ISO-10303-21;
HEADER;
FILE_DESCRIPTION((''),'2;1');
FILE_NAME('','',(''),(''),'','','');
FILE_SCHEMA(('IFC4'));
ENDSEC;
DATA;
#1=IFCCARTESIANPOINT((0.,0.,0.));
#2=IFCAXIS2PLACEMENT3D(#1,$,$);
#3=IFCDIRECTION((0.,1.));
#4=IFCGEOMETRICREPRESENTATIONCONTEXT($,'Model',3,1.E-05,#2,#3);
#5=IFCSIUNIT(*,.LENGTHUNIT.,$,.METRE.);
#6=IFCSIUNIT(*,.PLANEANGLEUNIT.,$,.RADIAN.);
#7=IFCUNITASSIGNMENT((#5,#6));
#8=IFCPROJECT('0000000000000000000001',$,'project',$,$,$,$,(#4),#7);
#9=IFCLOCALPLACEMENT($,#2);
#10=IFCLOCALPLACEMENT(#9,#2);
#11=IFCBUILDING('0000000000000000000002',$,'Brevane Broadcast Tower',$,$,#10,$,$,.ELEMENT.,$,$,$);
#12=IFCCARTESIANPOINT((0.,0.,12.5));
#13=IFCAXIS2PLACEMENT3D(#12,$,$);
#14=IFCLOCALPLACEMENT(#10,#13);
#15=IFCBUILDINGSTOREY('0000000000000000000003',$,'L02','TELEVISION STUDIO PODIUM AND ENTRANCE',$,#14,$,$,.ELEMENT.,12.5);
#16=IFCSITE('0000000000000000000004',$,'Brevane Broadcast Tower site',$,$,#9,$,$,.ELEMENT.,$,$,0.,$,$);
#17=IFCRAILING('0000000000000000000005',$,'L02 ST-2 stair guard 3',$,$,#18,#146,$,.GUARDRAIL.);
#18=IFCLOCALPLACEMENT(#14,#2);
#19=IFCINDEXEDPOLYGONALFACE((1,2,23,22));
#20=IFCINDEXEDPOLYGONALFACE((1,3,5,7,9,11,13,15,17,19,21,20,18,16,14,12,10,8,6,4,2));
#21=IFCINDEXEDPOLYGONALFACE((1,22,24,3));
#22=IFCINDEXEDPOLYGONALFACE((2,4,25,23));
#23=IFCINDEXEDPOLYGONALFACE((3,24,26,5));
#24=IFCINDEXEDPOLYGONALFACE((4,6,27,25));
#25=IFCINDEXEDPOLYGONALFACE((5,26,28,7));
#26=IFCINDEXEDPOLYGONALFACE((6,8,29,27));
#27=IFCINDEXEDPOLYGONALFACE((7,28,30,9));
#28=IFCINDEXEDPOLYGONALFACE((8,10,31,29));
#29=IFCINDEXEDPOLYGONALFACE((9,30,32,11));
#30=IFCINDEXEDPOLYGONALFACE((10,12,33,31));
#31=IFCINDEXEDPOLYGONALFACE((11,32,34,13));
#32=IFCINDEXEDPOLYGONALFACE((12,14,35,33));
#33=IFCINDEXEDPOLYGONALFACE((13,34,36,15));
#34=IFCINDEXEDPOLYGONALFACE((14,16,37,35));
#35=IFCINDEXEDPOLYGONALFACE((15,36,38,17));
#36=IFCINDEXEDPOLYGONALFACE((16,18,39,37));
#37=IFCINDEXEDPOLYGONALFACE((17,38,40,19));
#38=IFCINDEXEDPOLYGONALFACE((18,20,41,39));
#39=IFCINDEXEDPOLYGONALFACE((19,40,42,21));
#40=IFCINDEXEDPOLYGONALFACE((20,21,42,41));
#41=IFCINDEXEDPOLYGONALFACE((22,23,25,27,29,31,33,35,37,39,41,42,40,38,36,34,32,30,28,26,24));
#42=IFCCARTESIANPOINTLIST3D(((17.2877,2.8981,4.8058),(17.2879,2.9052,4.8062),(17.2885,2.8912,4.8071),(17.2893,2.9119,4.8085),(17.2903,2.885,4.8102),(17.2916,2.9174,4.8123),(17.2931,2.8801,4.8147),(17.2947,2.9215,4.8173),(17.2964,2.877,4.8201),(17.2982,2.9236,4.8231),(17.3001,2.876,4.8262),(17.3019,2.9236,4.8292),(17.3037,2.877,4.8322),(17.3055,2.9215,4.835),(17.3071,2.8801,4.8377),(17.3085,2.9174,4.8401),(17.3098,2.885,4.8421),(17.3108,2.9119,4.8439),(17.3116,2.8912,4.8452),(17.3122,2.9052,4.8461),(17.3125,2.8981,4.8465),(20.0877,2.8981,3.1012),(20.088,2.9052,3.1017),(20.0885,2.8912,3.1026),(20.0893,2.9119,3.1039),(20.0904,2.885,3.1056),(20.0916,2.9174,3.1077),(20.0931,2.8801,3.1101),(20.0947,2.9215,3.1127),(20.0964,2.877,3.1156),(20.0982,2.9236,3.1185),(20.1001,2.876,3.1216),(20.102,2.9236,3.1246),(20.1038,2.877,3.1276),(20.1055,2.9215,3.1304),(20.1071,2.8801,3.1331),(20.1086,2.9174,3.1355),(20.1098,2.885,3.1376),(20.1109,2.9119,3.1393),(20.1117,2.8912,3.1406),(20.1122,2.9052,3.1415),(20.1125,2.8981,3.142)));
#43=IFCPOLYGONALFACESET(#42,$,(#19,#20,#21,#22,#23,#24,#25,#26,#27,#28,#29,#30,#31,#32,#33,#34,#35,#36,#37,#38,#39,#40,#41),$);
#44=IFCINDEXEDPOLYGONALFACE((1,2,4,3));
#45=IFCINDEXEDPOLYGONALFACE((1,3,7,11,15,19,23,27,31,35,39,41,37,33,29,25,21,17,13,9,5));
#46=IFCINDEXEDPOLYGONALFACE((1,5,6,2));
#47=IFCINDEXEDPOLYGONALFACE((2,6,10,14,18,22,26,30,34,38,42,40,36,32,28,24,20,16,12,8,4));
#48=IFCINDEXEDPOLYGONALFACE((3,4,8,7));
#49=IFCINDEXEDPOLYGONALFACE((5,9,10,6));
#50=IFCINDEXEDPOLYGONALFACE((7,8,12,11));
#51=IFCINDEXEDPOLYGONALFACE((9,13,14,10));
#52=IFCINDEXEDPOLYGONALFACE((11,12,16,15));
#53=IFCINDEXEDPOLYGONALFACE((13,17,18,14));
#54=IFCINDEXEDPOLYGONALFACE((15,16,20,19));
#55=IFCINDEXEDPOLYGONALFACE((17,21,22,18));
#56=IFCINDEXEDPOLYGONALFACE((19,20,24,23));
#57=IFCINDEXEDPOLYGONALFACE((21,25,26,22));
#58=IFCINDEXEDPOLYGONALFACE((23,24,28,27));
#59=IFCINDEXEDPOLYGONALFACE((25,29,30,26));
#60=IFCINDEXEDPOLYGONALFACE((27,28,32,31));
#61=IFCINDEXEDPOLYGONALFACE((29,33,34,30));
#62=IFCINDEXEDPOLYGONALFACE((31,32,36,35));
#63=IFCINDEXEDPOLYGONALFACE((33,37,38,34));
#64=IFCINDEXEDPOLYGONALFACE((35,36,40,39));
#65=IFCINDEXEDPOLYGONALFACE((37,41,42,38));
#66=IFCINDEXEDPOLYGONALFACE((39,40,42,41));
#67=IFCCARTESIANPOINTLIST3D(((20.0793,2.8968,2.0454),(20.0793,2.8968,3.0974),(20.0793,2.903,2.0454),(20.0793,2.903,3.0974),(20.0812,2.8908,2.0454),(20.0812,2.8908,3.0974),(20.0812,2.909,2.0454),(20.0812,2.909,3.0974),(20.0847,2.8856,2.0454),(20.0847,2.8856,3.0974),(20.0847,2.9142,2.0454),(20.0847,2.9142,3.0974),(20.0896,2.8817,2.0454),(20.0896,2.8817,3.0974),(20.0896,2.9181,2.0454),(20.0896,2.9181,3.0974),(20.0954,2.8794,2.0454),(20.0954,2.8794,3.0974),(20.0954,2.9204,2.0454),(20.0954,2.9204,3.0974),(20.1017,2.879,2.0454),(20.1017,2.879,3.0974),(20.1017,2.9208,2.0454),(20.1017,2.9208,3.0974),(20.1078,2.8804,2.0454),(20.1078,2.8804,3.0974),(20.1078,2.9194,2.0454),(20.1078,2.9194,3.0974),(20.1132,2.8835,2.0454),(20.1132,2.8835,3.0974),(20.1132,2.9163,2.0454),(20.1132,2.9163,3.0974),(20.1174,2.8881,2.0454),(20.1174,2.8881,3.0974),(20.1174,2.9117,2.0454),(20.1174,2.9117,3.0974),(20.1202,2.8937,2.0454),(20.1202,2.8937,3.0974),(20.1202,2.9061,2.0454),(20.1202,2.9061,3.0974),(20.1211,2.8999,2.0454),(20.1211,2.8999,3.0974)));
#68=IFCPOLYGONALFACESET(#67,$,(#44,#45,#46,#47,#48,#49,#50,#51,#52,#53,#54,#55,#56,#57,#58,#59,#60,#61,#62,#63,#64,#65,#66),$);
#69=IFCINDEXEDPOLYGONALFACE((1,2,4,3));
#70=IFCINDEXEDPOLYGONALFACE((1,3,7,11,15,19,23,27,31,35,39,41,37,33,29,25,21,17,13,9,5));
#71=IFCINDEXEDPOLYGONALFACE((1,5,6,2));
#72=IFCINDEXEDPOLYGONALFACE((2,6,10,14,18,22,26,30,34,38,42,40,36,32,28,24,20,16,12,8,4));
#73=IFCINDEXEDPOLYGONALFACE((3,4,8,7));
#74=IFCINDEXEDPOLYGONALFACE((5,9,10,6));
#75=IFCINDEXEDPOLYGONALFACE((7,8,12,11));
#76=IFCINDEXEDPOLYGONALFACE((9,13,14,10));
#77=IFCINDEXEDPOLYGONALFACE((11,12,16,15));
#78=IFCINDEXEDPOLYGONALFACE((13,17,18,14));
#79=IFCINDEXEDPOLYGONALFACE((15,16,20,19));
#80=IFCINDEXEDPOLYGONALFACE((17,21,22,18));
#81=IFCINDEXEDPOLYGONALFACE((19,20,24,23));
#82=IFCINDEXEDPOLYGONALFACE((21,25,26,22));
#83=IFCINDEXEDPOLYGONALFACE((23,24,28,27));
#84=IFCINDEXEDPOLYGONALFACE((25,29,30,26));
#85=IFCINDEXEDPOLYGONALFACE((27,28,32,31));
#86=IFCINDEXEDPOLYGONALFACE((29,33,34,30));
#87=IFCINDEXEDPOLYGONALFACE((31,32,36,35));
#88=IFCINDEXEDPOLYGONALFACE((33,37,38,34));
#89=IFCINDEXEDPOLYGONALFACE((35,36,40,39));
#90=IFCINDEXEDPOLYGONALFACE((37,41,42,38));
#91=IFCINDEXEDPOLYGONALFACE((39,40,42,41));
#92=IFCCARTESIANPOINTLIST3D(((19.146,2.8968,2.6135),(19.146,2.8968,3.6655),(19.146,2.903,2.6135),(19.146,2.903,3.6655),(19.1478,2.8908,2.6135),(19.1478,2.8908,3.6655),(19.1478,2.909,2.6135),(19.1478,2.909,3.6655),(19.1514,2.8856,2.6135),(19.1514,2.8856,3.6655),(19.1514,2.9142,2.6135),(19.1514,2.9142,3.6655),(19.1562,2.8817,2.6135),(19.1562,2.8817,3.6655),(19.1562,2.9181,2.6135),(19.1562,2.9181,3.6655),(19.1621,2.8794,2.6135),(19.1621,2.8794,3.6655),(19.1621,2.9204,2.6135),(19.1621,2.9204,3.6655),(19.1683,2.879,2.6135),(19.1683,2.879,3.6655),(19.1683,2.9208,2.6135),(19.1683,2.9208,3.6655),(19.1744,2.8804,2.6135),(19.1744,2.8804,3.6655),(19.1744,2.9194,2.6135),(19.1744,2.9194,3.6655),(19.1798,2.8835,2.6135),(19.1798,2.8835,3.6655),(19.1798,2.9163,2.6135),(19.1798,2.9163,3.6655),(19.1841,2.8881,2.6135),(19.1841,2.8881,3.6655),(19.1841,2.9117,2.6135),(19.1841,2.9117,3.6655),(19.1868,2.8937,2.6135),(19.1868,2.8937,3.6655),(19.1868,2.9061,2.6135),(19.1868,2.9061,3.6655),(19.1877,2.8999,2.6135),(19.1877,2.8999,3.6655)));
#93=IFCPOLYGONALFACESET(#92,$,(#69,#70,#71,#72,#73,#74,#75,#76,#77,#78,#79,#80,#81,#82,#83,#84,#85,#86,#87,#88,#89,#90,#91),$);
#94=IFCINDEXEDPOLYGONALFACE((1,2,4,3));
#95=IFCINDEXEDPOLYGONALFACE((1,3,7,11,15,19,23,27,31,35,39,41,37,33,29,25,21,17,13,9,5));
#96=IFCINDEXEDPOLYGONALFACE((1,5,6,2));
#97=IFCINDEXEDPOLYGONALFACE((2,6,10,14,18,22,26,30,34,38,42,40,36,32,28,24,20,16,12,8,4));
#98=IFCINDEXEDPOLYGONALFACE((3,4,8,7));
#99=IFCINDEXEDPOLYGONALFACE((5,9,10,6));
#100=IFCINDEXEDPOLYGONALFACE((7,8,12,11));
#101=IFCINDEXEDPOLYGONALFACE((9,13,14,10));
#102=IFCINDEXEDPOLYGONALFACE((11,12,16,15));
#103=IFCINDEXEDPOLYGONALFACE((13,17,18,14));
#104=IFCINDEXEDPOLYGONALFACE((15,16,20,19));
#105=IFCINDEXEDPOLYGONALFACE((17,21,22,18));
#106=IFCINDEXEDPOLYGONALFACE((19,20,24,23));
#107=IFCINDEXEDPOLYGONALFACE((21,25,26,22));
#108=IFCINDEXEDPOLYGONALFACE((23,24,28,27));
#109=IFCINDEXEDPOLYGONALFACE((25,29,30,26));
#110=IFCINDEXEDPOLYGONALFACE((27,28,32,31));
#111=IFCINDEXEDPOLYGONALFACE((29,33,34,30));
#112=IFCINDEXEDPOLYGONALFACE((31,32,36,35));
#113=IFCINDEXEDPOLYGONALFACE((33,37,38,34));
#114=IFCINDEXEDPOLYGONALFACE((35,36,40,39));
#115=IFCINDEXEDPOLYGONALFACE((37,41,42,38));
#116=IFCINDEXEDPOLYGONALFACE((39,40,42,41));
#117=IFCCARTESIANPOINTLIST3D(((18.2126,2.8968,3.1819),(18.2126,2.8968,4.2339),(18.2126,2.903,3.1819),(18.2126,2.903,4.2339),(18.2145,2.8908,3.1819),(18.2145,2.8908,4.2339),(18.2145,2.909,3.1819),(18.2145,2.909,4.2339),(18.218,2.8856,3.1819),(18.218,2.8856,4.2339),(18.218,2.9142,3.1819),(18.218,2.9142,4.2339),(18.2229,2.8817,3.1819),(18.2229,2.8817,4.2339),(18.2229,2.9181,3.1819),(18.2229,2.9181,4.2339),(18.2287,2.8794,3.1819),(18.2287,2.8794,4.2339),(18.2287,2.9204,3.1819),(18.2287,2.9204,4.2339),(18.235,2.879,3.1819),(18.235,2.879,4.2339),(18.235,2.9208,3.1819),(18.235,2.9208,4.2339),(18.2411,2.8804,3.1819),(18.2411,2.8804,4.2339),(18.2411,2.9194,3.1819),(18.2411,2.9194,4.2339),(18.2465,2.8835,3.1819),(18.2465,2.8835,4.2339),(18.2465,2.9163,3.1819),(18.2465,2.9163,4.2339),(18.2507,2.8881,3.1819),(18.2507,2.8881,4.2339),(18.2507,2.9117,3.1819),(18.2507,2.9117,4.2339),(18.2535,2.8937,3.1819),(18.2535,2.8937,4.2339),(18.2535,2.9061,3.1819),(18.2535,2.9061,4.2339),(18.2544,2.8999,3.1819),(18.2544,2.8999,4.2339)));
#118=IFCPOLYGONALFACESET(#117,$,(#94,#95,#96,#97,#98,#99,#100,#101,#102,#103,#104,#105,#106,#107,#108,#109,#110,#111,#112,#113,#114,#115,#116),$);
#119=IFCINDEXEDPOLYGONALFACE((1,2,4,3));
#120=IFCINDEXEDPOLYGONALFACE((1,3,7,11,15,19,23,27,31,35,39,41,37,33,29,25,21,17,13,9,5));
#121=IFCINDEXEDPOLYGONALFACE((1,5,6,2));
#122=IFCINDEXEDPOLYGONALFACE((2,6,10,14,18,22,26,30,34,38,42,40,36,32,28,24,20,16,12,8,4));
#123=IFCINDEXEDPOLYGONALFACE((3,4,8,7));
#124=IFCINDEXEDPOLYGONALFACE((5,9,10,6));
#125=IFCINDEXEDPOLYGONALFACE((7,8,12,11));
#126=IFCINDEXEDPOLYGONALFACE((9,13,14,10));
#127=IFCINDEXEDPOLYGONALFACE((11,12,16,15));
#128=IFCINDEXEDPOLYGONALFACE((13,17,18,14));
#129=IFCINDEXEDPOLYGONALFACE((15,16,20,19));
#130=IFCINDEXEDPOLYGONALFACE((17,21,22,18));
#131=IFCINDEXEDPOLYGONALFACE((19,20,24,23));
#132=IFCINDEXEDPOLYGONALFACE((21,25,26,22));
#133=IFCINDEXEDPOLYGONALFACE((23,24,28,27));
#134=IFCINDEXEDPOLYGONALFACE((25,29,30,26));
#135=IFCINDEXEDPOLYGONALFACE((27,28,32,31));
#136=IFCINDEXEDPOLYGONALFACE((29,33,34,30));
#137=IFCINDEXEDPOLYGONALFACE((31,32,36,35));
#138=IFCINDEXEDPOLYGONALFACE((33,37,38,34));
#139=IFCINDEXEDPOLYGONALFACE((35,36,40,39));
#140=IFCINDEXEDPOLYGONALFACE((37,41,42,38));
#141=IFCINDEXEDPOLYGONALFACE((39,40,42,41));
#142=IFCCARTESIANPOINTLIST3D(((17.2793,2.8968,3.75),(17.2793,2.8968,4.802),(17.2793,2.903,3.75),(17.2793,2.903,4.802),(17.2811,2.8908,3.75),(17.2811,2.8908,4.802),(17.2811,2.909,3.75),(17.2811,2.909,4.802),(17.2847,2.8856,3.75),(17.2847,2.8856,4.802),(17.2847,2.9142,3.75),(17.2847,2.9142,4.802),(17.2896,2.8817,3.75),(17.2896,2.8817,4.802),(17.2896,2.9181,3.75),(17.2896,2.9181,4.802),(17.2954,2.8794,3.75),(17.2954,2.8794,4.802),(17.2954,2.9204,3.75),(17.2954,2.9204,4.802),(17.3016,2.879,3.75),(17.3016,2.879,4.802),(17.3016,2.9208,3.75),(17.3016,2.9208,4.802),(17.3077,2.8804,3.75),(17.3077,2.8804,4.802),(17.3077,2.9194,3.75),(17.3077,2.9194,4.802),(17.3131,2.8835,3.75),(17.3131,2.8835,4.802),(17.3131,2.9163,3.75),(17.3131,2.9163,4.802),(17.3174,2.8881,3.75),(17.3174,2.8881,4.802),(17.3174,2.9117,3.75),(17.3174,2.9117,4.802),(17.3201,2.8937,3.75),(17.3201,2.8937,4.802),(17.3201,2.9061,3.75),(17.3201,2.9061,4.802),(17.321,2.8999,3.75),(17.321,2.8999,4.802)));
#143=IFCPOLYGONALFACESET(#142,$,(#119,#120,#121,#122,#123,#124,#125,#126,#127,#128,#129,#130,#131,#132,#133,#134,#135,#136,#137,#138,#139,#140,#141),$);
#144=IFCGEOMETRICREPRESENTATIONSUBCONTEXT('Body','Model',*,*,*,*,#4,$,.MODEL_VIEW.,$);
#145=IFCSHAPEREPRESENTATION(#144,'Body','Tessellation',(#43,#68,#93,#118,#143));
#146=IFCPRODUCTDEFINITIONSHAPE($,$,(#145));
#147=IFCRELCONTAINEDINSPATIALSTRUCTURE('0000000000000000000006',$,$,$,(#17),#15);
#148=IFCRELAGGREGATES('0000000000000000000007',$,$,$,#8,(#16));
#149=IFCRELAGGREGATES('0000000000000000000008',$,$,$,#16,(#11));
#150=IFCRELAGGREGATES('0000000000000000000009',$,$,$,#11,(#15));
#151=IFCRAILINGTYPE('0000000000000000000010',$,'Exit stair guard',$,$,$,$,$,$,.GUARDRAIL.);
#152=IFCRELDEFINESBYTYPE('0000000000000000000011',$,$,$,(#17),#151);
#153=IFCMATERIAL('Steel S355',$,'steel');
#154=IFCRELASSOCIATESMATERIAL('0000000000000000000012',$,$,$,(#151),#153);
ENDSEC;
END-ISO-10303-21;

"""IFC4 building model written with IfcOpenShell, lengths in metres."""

from ifc_helpers import new_model, si_unit, direction, frame, origin, origin_2d, place, context, subcontext, project, spatial, circle, extrude, material, type_object, element, save


model = new_model("IFC4")

# Units and contexts
model_context = context("Model", 3, precision=1e-05, world=origin(), true_north=direction((0.0, 1.0)))
body_context = subcontext(model_context, "Body", "Model", "MODEL_VIEW")
ifc_project = project(units=[si_unit("LENGTHUNIT", "METRE"), si_unit("PLANEANGLEUNIT", "RADIAN")], contexts=[model_context])

# Site, building, storey
site_placement = place(None, origin())
site = spatial("IfcSite", under=ifc_project, at=site_placement, Name="Brevane Broadcast Tower site", CompositionType="ELEMENT", RefElevation=0.0)
building_placement = place(site_placement, origin())
building = spatial("IfcBuilding", under=site, at=building_placement, Name="Brevane Broadcast Tower", CompositionType="ELEMENT")
storey_placement = place(building_placement, frame((0.0, 0.0, 12.5)))
storey = spatial("IfcBuildingStorey", under=building, at=storey_placement, Name="L02", Description="TELEVISION STUDIO PODIUM AND ENTRANCE", CompositionType="ELEMENT", Elevation=12.5)

# Railing
ifc_material_1 = material(Name="Steel S355", Category="steel")
railing_type_1 = type_object("IfcRailingType", Name="Exit stair guard", PredefinedType="GUARDRAIL", material=ifc_material_1)
railing_1_placement = place(storey_placement, frame((20.1001, 2.8999, 2.0454)))
element("IfcRailing", 1, at=railing_1_placement, inside=storey, type_object=railing_type_1, Name="L02 ST-2 stair guard 3", PredefinedType="GUARDRAIL", context=body_context, shape_type="SweptSolid", body=[
    extrude(circle(Radius=0.0239, at=origin_2d()), frame((0.0, 0.0, 1.0762), z_axis=(-0.85417, 0.0, 0.519994), x_axis=(0.0, -1.0, 0.0)), (0.0, 0.0, 1.0), 3.2781),
    extrude(circle(Radius=0.021, at=origin_2d()), origin(), (0.0, 0.0, 1.0), 1.052),
    extrude(circle(Radius=0.021, at=origin_2d()), frame((-0.9333, 0.0, 0.5681)), (0.0, 0.0, 1.0), 1.052),
    extrude(circle(Radius=0.021, at=origin_2d()), frame((-1.8667, 0.0, 1.1365)), (0.0, 0.0, 1.0), 1.052),
    extrude(circle(Radius=0.021, at=origin_2d()), frame((-2.8, 0.0, 1.7046)), (0.0, 0.0, 1.0), 1.052),
])

save(model, "model.ifc")
